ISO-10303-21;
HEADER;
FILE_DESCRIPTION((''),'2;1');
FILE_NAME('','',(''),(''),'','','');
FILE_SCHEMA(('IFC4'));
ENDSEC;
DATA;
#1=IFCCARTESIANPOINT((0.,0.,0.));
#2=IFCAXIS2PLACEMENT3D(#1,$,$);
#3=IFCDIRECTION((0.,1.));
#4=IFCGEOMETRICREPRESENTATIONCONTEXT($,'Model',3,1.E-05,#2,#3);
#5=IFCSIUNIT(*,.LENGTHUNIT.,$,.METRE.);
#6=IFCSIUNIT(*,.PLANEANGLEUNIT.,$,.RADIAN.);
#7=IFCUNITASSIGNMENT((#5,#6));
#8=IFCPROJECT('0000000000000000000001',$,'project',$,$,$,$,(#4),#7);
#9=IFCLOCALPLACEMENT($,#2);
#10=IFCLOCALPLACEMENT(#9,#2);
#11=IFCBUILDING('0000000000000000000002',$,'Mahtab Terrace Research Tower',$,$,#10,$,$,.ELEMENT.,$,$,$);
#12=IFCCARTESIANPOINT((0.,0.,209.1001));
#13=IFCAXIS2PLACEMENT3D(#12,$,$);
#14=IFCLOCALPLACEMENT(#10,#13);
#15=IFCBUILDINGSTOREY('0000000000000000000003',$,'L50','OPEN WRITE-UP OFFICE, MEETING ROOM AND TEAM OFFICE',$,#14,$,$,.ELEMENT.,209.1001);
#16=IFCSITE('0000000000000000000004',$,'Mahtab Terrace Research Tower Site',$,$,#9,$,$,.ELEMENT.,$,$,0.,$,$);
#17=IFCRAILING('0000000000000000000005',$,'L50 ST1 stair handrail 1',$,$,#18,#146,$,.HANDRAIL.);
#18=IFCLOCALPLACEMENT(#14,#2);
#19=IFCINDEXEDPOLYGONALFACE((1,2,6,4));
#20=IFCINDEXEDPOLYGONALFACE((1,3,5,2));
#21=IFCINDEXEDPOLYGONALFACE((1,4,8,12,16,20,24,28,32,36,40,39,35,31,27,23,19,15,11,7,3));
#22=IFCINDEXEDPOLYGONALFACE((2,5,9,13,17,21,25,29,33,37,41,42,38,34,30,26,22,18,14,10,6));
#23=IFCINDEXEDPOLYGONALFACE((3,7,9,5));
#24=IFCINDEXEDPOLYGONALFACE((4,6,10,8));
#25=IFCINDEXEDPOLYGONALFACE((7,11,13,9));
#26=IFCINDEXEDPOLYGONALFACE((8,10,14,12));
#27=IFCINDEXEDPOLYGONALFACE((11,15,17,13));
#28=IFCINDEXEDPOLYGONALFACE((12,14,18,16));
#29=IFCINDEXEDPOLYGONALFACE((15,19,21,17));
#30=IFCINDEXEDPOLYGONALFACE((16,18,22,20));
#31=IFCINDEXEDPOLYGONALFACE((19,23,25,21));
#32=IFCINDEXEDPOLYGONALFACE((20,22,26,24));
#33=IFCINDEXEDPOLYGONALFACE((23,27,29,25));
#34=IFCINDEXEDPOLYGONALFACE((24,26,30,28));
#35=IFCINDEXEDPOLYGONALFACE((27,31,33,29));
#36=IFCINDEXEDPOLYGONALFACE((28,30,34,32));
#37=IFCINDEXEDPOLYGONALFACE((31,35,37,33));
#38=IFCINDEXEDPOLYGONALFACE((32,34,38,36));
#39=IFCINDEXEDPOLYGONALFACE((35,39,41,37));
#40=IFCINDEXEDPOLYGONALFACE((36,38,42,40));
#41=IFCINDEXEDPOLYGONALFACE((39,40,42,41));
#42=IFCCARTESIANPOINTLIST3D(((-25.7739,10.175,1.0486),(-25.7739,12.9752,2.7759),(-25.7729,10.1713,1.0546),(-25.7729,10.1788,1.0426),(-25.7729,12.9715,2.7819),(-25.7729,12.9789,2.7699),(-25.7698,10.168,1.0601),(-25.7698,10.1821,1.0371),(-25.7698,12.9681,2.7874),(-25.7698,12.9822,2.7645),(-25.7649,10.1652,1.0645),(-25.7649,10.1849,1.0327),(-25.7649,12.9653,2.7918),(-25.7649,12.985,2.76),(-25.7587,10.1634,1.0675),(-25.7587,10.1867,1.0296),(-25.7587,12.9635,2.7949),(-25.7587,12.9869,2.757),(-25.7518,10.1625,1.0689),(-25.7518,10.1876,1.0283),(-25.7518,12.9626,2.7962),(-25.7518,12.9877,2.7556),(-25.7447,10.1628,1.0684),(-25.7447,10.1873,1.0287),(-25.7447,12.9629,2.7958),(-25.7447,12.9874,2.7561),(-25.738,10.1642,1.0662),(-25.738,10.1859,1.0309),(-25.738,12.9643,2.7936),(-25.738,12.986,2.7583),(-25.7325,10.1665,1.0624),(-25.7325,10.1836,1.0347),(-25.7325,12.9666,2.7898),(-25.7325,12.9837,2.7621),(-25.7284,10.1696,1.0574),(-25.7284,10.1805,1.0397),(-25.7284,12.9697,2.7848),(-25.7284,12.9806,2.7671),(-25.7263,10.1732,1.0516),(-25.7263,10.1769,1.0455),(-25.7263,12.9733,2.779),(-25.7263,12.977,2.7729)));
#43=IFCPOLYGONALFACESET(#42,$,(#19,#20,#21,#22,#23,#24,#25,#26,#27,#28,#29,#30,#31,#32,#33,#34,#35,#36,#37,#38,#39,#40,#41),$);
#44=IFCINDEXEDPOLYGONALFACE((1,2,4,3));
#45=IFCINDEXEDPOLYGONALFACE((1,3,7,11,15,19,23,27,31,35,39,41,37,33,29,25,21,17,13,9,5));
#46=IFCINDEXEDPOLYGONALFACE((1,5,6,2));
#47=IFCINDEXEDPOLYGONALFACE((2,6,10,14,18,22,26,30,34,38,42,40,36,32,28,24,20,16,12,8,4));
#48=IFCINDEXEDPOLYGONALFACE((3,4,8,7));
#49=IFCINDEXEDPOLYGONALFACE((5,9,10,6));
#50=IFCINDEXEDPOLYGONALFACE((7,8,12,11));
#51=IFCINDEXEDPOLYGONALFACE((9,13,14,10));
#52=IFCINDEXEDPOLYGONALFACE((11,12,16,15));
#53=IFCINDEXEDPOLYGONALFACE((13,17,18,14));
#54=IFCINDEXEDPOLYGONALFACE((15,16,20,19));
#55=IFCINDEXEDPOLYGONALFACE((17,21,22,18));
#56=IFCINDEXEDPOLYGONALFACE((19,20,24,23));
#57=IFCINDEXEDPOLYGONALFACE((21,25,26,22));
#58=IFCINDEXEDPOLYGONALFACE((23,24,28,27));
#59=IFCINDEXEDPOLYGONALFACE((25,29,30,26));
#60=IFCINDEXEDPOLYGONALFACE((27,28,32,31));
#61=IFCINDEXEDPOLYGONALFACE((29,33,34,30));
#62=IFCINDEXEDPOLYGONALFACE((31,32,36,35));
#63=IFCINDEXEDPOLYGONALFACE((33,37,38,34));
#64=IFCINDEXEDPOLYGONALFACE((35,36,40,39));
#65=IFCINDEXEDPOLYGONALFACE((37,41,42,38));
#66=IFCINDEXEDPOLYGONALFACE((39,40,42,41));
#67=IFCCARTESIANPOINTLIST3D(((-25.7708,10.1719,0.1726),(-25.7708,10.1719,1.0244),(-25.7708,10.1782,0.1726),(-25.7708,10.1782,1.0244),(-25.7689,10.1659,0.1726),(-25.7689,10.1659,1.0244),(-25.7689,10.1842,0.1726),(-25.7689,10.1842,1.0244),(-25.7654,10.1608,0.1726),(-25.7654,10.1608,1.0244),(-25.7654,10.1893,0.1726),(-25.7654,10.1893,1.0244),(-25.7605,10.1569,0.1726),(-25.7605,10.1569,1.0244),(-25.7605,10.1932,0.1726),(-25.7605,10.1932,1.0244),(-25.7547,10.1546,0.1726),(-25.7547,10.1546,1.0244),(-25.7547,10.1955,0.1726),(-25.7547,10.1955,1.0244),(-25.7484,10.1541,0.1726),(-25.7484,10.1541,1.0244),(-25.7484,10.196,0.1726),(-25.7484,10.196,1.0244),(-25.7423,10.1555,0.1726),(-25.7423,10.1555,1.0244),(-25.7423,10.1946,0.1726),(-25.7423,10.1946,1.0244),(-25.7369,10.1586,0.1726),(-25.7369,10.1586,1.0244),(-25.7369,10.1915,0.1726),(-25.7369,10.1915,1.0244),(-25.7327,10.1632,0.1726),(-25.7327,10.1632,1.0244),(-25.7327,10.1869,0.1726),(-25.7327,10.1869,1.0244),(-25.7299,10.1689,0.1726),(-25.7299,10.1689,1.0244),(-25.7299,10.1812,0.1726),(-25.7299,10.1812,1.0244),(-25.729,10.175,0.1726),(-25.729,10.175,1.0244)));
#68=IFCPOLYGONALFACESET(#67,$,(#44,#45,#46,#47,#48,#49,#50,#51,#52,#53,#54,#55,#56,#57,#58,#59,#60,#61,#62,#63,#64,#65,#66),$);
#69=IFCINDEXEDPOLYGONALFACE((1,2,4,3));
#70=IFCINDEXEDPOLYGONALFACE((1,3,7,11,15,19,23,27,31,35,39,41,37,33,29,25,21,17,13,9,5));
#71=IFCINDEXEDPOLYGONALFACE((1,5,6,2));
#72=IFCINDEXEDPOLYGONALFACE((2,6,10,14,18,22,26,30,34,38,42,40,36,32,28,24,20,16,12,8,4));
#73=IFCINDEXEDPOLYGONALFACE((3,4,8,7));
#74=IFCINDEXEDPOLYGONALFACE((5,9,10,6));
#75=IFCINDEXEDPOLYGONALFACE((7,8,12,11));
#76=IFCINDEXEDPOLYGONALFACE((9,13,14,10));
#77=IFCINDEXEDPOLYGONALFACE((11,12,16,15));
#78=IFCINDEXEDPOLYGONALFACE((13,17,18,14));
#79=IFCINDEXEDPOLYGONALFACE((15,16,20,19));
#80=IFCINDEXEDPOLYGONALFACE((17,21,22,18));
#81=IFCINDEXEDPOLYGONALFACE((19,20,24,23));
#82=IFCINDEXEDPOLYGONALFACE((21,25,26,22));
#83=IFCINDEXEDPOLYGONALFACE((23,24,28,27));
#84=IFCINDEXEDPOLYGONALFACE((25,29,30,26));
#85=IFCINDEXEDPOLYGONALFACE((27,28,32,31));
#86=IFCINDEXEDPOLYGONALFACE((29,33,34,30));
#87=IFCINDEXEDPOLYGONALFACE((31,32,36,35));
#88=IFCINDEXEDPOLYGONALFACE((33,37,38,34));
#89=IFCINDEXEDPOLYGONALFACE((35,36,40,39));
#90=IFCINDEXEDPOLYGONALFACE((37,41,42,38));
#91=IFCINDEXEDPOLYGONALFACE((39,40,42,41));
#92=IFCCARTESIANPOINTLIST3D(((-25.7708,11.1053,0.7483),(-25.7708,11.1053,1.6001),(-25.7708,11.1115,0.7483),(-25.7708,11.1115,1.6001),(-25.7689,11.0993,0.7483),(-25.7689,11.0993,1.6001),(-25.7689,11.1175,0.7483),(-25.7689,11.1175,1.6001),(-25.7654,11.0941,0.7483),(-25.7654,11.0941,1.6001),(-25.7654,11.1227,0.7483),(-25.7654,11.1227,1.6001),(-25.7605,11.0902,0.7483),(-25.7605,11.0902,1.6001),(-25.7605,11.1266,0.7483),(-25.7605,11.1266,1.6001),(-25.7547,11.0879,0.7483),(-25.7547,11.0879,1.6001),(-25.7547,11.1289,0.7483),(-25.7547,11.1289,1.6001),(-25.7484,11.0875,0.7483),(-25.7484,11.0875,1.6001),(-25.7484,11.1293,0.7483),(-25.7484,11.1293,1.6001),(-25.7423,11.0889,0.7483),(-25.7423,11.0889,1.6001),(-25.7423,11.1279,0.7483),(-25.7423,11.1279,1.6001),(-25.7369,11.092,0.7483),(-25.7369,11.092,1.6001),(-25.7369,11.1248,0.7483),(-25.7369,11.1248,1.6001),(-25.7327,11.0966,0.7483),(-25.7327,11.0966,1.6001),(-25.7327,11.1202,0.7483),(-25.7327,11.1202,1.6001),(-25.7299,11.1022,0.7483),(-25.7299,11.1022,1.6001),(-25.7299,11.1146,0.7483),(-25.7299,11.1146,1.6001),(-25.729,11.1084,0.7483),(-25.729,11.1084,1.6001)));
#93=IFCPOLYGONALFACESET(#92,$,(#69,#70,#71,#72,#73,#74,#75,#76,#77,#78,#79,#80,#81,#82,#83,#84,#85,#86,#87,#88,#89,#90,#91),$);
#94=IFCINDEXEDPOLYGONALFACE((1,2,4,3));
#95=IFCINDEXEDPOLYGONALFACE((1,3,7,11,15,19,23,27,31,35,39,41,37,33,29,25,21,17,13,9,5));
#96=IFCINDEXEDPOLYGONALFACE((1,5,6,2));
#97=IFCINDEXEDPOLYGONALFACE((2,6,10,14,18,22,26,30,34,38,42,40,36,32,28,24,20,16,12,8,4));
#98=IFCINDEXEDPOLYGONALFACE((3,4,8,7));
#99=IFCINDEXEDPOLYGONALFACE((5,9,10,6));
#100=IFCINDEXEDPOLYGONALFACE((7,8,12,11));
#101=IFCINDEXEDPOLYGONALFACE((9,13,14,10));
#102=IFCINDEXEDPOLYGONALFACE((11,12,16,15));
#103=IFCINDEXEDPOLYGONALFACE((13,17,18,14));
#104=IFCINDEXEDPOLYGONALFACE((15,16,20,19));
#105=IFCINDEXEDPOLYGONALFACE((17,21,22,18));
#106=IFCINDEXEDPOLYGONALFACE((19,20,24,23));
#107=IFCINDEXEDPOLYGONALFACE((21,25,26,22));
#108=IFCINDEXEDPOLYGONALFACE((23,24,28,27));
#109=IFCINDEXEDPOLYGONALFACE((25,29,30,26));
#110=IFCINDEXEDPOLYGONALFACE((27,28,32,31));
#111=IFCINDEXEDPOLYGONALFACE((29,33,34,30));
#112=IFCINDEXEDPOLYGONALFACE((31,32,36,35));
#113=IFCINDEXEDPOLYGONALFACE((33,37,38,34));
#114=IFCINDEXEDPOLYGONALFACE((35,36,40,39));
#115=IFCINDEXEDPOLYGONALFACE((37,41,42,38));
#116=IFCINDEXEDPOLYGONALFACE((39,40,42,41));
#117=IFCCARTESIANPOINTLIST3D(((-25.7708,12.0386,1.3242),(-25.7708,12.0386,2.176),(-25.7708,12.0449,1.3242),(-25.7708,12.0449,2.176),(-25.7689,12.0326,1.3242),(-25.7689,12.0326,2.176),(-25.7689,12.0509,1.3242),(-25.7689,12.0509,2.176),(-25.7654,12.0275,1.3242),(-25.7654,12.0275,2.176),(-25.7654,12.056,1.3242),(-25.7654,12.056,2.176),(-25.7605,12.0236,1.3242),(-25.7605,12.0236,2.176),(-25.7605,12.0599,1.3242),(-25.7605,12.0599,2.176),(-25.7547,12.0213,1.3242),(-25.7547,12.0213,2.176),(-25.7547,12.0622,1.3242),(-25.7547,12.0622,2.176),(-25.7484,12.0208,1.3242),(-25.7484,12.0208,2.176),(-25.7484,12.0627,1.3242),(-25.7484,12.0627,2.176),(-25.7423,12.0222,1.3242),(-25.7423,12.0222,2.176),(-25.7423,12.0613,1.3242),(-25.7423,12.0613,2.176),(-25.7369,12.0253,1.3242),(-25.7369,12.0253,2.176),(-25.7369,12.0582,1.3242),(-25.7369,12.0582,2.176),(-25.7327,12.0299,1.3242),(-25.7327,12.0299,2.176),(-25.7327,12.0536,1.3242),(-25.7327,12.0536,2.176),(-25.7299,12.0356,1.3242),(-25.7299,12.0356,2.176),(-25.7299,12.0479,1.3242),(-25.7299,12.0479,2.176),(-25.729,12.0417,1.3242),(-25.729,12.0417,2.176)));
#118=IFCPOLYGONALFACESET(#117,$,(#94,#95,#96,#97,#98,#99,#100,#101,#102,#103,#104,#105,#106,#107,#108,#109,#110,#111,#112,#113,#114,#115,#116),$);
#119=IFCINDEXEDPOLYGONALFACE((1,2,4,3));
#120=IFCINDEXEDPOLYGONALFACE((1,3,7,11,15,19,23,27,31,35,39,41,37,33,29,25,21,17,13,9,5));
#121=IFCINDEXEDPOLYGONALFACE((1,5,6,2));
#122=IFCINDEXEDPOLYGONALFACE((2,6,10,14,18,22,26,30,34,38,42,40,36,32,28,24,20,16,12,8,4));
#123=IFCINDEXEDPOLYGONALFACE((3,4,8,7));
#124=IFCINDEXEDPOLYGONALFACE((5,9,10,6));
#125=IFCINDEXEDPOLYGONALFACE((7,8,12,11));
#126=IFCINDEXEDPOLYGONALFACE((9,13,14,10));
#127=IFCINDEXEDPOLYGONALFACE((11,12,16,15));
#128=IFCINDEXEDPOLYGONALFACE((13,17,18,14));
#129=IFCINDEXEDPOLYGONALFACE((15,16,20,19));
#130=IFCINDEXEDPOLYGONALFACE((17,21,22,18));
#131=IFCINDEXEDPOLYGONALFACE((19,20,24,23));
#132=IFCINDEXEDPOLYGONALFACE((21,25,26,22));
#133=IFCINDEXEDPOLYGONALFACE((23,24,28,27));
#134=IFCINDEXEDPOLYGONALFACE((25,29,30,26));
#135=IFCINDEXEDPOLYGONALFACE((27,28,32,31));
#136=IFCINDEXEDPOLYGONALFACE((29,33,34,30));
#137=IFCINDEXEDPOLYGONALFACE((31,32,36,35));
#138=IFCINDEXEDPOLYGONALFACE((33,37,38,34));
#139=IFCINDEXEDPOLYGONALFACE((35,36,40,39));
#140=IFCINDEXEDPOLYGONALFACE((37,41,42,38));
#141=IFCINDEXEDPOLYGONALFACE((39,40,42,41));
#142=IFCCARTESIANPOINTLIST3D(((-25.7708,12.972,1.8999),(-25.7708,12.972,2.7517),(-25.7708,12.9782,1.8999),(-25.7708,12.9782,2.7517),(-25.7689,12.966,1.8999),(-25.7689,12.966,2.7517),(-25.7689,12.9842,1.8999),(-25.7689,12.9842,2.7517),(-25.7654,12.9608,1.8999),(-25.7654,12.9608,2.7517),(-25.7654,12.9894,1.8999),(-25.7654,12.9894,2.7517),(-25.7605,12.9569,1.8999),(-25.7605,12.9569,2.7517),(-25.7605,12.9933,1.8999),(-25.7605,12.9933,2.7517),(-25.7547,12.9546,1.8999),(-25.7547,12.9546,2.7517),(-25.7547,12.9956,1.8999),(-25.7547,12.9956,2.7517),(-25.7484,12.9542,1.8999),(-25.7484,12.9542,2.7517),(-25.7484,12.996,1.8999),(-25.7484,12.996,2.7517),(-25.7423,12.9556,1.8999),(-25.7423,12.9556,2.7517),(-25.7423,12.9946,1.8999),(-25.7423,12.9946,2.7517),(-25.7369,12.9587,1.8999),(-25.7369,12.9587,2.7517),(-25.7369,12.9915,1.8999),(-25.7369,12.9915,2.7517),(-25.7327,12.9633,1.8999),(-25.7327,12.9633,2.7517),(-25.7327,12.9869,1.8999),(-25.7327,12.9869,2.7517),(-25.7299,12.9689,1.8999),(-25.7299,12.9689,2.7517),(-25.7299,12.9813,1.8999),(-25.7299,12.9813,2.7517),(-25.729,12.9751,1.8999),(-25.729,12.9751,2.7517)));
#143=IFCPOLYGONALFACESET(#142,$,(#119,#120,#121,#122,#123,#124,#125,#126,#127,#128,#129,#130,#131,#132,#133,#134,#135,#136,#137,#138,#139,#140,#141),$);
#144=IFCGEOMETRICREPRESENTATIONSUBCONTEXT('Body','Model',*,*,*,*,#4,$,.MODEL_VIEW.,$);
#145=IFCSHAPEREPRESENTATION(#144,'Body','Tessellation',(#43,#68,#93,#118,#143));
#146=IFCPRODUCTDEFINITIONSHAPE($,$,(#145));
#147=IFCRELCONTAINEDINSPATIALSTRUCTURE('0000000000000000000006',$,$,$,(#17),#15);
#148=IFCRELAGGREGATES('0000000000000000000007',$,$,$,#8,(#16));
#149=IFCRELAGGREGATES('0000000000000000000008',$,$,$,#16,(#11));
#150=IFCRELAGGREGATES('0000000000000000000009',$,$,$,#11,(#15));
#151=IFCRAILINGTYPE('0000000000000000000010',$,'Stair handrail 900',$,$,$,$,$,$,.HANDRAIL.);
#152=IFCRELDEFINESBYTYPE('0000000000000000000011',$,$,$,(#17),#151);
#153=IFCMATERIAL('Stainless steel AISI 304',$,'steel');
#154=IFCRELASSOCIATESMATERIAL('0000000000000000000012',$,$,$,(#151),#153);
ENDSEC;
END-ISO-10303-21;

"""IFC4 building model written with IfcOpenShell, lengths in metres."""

from ifc_helpers import new_model, si_unit, direction, frame, origin, origin_2d, place, context, subcontext, project, spatial, circle, extrude, material, type_object, element, save


model = new_model("IFC4")

# Units and contexts
model_context = context("Model", 3, precision=1e-05, world=origin(), true_north=direction((0.0, 1.0)))
body_context = subcontext(model_context, "Body", "Model", "MODEL_VIEW")
ifc_project = project(units=[si_unit("LENGTHUNIT", "METRE"), si_unit("PLANEANGLEUNIT", "RADIAN")], contexts=[model_context])

# Site, building, storey
site_placement = place(None, origin())
site = spatial("IfcSite", under=ifc_project, at=site_placement, Name="Mahtab Terrace Research Tower Site", CompositionType="ELEMENT", RefElevation=0.0)
building_placement = place(site_placement, origin())
building = spatial("IfcBuilding", under=site, at=building_placement, Name="Mahtab Terrace Research Tower", CompositionType="ELEMENT")
storey_placement = place(building_placement, frame((0.0, 0.0, 209.1001)))
storey = spatial("IfcBuildingStorey", under=building, at=storey_placement, Name="L50", Description="OPEN WRITE-UP OFFICE, MEETING ROOM AND TEAM OFFICE", CompositionType="ELEMENT", Elevation=209.1001)

# Railing
ifc_material_1 = material(Name="Stainless steel AISI 304", Category="steel")
railing_type_1 = type_object("IfcRailingType", Name="Stair handrail 900", PredefinedType="HANDRAIL", material=ifc_material_1)
railing_1_placement = place(storey_placement, frame((-25.75, 10.175, 0.1726)))
element("IfcRailing", 1, at=railing_1_placement, inside=storey, type_object=railing_type_1, Name="L50 ST1 stair handrail 1", PredefinedType="HANDRAIL", context=body_context, shape_type="SweptSolid", body=[
    extrude(circle(Radius=0.0239, at=origin_2d()), frame((0.0, 0.0, 0.876), z_axis=(0.0, 0.85109, 0.52502), x_axis=(-1.0, 0.0, 0.0)), (0.0, 0.0, 1.0), 3.29),
    extrude(circle(Radius=0.021, at=origin_2d()), origin(), (0.0, 0.0, 1.0), 0.8518),
    extrude(circle(Radius=0.021, at=origin_2d()), frame((0.0, 0.9333, 0.5757)), (0.0, 0.0, 1.0), 0.8518),
    extrude(circle(Radius=0.021, at=origin_2d()), frame((0.0, 1.8667, 1.1516)), (0.0, 0.0, 1.0), 0.8518),
    extrude(circle(Radius=0.021, at=origin_2d()), frame((0.0, 2.8, 1.7273)), (0.0, 0.0, 1.0), 0.8518),
])

save(model, "model.ifc")
